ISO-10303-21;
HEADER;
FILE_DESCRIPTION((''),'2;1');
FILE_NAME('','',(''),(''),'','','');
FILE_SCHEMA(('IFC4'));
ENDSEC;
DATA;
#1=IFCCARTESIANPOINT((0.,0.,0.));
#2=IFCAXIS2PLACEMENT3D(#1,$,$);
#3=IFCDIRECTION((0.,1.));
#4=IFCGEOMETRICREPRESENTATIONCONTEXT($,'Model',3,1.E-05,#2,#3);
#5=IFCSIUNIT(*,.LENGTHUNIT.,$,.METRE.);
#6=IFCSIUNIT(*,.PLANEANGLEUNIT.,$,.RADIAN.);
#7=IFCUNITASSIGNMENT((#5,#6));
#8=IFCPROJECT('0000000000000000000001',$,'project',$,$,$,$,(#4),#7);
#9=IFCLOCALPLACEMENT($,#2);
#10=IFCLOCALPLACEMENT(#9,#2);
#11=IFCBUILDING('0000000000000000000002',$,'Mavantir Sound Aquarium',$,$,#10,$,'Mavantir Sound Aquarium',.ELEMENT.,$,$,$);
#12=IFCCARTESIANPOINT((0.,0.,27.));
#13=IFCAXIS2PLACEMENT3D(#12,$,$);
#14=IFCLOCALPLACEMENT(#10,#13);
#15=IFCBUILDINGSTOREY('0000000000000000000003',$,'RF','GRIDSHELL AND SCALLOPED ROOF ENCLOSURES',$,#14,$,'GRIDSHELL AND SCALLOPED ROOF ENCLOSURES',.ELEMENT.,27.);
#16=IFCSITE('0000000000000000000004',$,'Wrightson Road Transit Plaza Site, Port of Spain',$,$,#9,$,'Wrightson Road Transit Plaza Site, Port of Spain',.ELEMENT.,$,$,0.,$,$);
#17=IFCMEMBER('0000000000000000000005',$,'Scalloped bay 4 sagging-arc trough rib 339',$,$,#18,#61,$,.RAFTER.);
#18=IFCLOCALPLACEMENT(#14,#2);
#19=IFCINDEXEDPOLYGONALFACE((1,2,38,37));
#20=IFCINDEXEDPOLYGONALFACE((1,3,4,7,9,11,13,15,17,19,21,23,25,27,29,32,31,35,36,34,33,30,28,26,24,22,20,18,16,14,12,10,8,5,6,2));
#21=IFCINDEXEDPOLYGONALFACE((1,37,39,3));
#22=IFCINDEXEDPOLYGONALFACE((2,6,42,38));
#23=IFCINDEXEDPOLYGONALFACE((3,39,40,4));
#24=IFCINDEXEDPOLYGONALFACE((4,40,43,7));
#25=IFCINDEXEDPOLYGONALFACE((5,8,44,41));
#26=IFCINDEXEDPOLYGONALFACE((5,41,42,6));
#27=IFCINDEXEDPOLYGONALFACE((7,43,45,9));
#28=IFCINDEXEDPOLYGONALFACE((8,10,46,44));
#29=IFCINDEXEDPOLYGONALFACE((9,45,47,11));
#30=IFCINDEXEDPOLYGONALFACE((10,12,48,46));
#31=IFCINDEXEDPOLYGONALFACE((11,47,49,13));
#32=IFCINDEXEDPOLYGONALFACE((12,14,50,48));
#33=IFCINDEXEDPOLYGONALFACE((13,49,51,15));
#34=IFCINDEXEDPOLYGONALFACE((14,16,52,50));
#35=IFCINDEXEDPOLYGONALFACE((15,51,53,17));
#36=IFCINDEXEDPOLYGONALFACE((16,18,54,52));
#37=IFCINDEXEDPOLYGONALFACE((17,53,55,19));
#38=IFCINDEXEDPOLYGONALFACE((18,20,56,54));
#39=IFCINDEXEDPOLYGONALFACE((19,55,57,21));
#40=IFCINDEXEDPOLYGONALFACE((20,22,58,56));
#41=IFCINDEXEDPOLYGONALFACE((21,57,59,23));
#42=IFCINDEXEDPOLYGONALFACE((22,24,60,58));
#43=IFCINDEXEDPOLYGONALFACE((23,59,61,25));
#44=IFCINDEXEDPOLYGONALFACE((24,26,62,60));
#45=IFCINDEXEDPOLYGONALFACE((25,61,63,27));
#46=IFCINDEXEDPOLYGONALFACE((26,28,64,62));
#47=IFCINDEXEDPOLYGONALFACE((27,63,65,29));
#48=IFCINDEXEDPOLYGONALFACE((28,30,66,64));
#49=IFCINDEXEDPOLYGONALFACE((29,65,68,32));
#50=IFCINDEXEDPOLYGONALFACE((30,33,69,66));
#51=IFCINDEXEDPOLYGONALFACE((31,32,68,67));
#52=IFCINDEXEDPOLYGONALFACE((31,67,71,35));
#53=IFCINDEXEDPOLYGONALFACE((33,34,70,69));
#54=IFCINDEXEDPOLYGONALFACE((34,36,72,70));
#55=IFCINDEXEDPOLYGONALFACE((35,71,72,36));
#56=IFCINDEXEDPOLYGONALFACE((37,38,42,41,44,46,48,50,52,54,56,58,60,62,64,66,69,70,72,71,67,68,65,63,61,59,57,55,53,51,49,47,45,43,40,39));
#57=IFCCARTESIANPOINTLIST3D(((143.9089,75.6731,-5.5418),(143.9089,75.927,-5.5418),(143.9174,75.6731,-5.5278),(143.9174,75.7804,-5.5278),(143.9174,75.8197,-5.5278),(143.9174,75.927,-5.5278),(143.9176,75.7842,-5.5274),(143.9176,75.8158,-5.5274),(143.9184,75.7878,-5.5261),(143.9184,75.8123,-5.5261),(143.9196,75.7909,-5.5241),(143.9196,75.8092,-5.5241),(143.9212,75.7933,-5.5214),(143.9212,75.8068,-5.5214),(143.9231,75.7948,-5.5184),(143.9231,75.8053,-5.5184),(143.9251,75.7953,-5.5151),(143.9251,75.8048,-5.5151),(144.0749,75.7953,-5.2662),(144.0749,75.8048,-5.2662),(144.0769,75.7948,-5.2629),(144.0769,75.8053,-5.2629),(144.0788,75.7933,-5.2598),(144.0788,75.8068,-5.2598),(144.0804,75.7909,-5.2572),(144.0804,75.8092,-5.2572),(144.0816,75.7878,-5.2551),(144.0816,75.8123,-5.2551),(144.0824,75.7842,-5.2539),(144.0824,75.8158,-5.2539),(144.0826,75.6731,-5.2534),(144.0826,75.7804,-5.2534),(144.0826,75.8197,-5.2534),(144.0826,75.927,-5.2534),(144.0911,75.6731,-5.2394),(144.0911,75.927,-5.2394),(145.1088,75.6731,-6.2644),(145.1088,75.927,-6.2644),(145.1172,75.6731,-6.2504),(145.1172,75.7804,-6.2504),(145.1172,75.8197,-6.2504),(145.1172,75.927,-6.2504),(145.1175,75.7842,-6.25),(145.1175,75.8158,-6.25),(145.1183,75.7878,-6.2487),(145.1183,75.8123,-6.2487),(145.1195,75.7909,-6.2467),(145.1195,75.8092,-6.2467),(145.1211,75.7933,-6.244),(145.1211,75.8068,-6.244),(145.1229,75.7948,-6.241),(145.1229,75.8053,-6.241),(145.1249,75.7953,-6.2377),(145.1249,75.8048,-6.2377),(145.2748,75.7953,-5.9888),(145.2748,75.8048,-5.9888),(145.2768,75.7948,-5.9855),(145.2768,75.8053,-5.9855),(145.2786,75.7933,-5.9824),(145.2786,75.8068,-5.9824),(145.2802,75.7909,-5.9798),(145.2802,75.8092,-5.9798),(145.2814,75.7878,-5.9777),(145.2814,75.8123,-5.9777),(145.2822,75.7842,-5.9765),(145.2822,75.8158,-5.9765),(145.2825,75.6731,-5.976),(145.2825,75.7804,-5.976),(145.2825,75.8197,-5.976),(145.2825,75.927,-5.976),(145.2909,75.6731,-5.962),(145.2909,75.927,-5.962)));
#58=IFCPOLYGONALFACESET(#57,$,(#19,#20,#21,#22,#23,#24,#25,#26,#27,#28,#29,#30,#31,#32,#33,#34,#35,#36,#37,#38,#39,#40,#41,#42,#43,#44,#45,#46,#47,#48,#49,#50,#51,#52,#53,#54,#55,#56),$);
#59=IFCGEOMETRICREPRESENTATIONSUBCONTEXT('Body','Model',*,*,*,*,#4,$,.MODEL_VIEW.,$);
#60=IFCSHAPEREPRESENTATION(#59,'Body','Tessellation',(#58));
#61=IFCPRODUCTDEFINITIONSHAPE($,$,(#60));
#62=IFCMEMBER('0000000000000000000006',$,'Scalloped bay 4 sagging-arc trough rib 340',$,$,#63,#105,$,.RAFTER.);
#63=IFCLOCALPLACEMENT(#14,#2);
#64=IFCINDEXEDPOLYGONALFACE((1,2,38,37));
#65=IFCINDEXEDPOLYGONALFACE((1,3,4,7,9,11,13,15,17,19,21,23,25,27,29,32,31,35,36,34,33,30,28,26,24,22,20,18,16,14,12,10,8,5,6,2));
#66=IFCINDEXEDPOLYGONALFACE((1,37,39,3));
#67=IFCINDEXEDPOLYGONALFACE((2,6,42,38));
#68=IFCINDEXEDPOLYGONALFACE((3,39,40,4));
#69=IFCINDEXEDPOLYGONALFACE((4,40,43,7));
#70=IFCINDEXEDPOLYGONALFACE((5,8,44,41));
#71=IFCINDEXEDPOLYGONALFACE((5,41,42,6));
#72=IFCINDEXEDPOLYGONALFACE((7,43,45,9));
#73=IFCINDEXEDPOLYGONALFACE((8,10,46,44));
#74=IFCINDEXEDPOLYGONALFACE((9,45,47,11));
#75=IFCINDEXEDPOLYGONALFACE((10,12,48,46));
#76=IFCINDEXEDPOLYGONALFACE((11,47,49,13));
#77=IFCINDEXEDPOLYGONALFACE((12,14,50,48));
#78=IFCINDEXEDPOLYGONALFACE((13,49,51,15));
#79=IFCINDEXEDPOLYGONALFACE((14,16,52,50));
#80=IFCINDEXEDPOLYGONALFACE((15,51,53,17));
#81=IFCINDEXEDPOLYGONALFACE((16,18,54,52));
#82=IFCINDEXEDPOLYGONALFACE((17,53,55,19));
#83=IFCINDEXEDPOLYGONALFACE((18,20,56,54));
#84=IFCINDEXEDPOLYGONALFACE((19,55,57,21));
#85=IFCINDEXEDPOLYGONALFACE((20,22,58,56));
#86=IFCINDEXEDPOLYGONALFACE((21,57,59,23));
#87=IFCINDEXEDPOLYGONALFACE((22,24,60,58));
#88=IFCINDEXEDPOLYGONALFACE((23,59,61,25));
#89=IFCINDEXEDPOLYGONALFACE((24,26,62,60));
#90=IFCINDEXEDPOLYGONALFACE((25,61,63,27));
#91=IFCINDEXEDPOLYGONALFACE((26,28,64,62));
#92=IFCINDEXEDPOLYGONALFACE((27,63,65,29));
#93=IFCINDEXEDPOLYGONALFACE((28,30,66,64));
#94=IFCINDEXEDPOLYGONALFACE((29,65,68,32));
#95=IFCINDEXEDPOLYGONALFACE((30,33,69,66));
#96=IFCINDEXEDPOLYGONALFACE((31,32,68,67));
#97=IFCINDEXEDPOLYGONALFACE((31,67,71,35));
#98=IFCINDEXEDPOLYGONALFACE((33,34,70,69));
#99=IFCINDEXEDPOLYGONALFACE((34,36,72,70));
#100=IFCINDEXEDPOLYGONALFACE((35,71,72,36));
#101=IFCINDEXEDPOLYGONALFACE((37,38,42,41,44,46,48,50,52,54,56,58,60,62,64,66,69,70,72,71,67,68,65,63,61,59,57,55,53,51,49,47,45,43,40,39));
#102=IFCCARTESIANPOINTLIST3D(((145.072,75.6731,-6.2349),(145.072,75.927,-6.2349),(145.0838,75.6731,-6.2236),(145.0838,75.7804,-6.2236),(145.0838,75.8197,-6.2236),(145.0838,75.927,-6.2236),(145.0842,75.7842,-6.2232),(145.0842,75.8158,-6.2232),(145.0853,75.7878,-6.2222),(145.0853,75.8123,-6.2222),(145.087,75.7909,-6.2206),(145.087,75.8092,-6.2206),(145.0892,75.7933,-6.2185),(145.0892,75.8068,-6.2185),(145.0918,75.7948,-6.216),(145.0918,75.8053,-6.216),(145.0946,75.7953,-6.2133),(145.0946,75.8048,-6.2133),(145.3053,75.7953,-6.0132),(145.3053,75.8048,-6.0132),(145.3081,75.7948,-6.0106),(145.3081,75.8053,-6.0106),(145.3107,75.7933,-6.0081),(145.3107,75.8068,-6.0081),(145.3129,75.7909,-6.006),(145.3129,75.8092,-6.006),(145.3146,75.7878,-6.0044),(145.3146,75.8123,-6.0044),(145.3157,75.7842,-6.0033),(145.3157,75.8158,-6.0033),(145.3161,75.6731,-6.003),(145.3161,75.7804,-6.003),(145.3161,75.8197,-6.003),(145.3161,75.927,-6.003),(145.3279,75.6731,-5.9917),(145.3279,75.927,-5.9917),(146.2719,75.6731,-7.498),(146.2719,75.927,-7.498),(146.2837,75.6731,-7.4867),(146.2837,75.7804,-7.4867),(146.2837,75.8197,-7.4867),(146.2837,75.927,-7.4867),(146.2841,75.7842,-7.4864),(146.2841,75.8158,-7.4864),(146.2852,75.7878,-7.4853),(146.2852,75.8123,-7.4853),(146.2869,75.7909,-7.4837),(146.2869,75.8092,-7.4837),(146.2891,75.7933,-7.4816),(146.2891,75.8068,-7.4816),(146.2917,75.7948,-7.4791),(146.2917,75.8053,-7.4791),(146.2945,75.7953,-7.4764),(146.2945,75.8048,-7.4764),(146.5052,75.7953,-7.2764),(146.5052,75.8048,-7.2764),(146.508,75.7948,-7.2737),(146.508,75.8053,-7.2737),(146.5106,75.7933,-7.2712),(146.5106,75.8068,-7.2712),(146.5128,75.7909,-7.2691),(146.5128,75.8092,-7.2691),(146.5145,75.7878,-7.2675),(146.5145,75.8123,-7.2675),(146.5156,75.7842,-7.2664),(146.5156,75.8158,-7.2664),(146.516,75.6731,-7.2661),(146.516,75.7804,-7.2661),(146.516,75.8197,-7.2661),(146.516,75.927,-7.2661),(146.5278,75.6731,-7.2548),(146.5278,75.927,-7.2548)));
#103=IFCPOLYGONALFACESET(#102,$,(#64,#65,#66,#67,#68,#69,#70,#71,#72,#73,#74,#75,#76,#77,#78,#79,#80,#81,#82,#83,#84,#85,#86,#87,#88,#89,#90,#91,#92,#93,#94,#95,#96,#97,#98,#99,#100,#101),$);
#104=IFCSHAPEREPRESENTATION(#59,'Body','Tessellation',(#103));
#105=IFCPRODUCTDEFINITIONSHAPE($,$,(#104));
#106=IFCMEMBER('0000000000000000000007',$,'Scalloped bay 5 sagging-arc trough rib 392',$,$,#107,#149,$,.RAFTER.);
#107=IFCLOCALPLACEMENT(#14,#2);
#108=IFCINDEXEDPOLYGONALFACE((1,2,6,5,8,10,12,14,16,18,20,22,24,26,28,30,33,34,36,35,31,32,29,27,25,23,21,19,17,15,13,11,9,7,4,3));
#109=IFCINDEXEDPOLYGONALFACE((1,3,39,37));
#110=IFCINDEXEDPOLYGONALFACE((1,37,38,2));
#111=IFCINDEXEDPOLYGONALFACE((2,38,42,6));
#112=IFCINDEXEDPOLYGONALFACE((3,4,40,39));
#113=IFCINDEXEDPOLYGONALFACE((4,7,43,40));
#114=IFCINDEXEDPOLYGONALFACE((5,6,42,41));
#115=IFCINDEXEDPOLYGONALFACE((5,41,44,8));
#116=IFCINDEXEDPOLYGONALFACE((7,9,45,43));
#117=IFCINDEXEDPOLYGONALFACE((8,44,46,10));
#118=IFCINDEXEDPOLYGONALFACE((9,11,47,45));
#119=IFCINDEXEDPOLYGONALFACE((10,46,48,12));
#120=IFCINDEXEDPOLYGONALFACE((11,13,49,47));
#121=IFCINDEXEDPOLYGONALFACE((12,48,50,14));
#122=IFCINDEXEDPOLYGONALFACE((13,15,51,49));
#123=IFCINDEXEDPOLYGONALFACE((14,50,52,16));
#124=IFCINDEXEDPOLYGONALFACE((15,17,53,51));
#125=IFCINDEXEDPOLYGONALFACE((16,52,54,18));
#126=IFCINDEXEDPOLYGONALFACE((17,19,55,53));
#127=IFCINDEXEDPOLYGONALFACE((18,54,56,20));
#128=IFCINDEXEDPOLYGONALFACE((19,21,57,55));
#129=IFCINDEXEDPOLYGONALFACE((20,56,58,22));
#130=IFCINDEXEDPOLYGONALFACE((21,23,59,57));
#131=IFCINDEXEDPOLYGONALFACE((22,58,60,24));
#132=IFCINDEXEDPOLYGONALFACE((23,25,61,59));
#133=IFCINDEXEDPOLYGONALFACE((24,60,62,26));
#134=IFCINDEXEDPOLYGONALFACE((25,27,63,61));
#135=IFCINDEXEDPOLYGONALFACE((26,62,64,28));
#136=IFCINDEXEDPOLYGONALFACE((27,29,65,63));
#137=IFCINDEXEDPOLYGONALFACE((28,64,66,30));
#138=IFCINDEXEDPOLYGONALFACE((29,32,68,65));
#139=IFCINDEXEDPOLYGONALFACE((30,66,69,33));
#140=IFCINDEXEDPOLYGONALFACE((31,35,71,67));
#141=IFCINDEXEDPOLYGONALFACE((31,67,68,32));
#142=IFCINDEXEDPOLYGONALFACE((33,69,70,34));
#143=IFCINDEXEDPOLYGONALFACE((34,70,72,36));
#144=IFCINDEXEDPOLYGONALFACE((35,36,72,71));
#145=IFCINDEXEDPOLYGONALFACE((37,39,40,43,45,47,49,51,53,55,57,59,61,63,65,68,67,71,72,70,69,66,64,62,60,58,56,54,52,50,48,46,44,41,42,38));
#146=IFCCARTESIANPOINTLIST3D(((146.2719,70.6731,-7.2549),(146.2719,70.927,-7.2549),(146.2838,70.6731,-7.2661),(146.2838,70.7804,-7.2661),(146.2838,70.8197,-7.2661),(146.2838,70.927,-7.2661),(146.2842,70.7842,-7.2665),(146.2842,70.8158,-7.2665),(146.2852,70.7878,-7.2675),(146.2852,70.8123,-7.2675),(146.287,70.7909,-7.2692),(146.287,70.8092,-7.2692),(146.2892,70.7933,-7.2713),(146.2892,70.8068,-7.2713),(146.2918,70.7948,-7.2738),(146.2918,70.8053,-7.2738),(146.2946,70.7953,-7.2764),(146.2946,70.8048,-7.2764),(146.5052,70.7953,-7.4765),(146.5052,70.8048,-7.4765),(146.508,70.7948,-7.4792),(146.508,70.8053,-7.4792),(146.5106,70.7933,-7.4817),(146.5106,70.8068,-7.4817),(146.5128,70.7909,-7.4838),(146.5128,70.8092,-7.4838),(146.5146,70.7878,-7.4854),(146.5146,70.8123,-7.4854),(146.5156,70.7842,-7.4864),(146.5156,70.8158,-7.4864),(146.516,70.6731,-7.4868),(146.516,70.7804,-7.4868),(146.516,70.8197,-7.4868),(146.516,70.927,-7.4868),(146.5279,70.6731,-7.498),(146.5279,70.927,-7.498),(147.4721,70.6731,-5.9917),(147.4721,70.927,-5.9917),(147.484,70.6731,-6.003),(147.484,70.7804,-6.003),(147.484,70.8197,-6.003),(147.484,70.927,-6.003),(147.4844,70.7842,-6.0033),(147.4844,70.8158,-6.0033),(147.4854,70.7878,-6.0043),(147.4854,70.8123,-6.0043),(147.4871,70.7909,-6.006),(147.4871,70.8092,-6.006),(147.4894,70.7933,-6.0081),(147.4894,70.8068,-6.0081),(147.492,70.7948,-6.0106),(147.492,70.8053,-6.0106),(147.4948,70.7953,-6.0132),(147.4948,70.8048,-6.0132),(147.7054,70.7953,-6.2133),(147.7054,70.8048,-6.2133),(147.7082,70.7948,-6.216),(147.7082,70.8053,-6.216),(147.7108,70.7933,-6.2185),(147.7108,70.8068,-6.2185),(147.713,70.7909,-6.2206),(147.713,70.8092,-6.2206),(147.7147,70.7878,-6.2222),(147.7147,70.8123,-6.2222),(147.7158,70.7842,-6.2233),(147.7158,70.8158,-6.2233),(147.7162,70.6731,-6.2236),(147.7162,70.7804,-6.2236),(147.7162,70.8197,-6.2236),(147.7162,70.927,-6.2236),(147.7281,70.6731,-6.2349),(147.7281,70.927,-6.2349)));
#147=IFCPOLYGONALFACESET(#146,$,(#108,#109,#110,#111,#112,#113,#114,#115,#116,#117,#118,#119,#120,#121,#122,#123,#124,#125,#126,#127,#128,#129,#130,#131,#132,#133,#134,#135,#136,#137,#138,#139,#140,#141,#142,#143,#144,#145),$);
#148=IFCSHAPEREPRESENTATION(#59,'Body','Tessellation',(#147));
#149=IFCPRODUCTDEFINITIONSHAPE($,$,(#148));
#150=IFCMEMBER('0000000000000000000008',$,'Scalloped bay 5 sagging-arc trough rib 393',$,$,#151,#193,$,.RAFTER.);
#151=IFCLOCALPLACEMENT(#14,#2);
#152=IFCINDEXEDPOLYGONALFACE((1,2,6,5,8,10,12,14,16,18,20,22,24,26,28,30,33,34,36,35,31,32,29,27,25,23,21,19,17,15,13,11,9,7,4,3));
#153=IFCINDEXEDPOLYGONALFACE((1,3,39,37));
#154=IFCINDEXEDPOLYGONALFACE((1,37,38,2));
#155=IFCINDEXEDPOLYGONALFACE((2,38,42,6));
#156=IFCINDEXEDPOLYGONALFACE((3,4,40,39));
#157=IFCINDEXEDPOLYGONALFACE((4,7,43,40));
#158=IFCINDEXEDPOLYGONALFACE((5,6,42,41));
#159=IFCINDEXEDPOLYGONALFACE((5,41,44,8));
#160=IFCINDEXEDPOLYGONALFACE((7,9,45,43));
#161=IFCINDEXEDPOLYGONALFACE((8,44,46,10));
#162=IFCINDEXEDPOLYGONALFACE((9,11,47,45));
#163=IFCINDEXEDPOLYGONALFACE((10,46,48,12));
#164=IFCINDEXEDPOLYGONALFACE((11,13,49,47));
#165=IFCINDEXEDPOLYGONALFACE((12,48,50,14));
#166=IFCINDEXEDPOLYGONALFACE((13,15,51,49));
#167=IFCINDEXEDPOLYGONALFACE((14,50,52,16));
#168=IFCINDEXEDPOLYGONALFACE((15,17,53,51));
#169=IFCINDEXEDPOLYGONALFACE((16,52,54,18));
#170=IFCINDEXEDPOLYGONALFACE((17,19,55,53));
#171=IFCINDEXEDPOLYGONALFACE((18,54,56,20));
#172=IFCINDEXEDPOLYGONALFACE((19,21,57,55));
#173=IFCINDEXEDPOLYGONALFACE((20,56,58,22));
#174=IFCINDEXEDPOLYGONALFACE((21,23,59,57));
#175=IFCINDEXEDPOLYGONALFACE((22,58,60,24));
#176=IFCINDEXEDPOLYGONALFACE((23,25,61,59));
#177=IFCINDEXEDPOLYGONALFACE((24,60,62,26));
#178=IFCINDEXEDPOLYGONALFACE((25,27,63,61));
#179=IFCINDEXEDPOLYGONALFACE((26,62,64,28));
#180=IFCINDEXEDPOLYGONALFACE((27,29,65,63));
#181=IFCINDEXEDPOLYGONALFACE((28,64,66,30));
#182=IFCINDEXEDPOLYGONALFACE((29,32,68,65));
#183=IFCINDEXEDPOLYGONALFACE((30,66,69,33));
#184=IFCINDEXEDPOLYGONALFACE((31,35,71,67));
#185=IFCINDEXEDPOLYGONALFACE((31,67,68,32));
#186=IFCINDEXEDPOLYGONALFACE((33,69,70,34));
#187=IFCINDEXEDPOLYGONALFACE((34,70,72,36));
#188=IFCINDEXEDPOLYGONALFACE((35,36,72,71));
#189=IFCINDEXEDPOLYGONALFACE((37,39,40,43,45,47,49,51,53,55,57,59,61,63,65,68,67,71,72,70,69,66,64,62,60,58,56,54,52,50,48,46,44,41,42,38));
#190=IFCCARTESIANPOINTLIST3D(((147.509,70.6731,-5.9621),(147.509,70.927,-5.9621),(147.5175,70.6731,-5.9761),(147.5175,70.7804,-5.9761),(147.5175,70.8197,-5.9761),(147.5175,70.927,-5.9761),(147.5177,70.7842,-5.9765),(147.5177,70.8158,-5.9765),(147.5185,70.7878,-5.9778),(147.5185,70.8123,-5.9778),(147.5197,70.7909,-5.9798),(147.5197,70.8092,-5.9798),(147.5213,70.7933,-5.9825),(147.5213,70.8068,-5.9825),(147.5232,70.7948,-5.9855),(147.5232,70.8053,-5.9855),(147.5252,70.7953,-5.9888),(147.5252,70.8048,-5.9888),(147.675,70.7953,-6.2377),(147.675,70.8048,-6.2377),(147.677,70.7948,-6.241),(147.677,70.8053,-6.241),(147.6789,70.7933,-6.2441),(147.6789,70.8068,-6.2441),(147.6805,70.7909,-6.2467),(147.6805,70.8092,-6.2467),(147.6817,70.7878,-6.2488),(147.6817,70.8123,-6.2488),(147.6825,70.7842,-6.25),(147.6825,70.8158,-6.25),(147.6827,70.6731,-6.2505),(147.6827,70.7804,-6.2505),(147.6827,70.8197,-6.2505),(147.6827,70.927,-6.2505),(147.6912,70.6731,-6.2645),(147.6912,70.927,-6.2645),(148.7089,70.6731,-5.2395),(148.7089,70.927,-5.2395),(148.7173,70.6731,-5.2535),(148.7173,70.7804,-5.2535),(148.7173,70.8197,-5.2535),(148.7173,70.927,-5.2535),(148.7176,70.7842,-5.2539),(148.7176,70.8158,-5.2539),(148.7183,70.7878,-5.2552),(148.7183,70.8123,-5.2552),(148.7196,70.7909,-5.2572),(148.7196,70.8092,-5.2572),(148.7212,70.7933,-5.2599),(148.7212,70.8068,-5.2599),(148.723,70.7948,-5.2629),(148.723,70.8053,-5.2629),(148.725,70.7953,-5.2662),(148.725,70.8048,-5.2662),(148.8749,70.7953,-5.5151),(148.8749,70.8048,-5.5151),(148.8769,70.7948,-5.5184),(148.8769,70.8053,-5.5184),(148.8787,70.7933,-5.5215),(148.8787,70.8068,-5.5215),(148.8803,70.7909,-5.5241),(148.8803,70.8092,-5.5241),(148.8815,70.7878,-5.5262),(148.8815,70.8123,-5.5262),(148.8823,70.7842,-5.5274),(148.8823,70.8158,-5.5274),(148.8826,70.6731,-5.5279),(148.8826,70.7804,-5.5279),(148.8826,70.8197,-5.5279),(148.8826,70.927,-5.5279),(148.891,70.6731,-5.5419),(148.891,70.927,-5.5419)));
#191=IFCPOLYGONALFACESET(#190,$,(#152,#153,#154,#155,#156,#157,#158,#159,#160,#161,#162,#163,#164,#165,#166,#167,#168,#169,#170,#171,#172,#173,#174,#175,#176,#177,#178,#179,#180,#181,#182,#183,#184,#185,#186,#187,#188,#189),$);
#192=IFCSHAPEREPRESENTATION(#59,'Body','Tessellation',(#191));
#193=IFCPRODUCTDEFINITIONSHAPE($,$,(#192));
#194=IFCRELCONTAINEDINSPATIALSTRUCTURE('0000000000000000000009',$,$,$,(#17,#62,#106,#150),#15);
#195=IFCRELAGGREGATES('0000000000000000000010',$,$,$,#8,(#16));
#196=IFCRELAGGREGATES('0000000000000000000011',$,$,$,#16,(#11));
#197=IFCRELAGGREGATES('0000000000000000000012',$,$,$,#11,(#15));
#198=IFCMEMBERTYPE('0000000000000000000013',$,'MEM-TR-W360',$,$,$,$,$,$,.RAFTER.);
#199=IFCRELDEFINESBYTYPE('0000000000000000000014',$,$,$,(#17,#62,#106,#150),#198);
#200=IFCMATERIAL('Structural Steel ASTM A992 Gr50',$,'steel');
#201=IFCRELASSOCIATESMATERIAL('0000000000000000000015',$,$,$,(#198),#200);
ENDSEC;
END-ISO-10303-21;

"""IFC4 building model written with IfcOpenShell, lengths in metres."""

from ifc_helpers import new_model, si_unit, direction, frame, origin, origin_2d, place, context, subcontext, project, spatial, i_section, extrude, material, material_profile, profile_set, type_object, element, save


model = new_model("IFC4")

# Units and contexts
model_context = context("Model", 3, precision=1e-05, world=origin(), true_north=direction((0.0, 1.0)))
body_context = subcontext(model_context, "Body", "Model", "MODEL_VIEW")
ifc_project = project(units=[si_unit("LENGTHUNIT", "METRE"), si_unit("PLANEANGLEUNIT", "RADIAN")], contexts=[model_context])

# Site, building, storey
site_placement = place(None, origin())
site = spatial("IfcSite", under=ifc_project, at=site_placement, Name="Wrightson Road Transit Plaza Site, Port of Spain", LongName="Wrightson Road Transit Plaza Site, Port of Spain", CompositionType="ELEMENT", RefElevation=0.0)
building_placement = place(site_placement, origin())
building = spatial("IfcBuilding", under=site, at=building_placement, Name="Mavantir Sound Aquarium", LongName="Mavantir Sound Aquarium", CompositionType="ELEMENT")
storey_placement = place(building_placement, frame((0.0, 0.0, 27.0)))
storey = spatial("IfcBuildingStorey", under=building, at=storey_placement, Name="RF", Description="GRIDSHELL AND SCALLOPED ROOF ENCLOSURES", LongName="GRIDSHELL AND SCALLOPED ROOF ENCLOSURES", CompositionType="ELEMENT", Elevation=27.0)

# Shared definitions
ifc_material_1 = material(Name="Structural Steel ASTM A992 Gr50", Category="steel")

# Members
ifc_material_profile_1 = material_profile(ifc_material_1, i_section(OverallWidth=0.2539, OverallDepth=0.353, WebThickness=0.0095, FlangeThickness=0.0164, FilletRadius=0.0149, at=origin_2d()), Name="W360X91")
ifc_profile_set_1 = profile_set([ifc_material_profile_1], Name="Structural Steel ASTM A992 Gr50")
member_type_1 = type_object("IfcMemberType", Name="MEM-TR-W360", PredefinedType="RAFTER", material=ifc_profile_set_1)
member_1_placement = place(storey_placement, frame((144.0, 75.8, -5.3906), z_axis=(0.856646, 0.0, -0.515905), x_axis=(0.0, 1.0, 0.0)))
element("IfcMember", 1, at=member_1_placement, inside=storey, type_object=member_type_1, Name="Scalloped bay 4 sagging-arc trough rib 339", PredefinedType="RAFTER", context=body_context, shape_type="SweptSolid", body=[
    extrude(i_section(OverallWidth=0.2539, OverallDepth=0.353, WebThickness=0.0095, FlangeThickness=0.0164, FilletRadius=0.0149, at=origin_2d()), origin(), (0.0, 0.0, 1.0), 1.4006),
])
member_2_placement = place(storey_placement, frame((145.2, 75.8, -6.1133), z_axis=(0.688727, 0.0, -0.72502), x_axis=(0.0, 1.0, 0.0)))
element("IfcMember", 2, at=member_2_placement, inside=storey, type_object=member_type_1, Name="Scalloped bay 4 sagging-arc trough rib 340", PredefinedType="RAFTER", context=body_context, shape_type="SweptSolid", body=[
    extrude(i_section(OverallWidth=0.2539, OverallDepth=0.353, WebThickness=0.0095, FlangeThickness=0.0164, FilletRadius=0.0149, at=origin_2d()), origin(), (0.0, 0.0, 1.0), 1.7422),
])
member_3_placement = place(storey_placement, frame((146.3999, 70.8, -7.3765), z_axis=(0.688801, 0.0, 0.72495), x_axis=(0.0, 1.0, 0.0)))
element("IfcMember", 3, at=member_3_placement, inside=storey, type_object=member_type_1, Name="Scalloped bay 5 sagging-arc trough rib 392", PredefinedType="RAFTER", context=body_context, shape_type="SweptSolid", body=[
    extrude(i_section(OverallWidth=0.2539, OverallDepth=0.353, WebThickness=0.0095, FlangeThickness=0.0164, FilletRadius=0.0149, at=origin_2d()), origin(), (0.0, 0.0, 1.0), 1.7424),
])
member_4_placement = place(storey_placement, frame((147.6001, 70.8, -6.1133), z_axis=(0.856646, 0.0, 0.515905), x_axis=(0.0, 1.0, 0.0)))
element("IfcMember", 4, at=member_4_placement, inside=storey, type_object=member_type_1, Name="Scalloped bay 5 sagging-arc trough rib 393", PredefinedType="RAFTER", context=body_context, shape_type="SweptSolid", body=[
    extrude(i_section(OverallWidth=0.2539, OverallDepth=0.353, WebThickness=0.0095, FlangeThickness=0.0164, FilletRadius=0.0149, at=origin_2d()), origin(), (0.0, 0.0, 1.0), 1.4006),
])

save(model, "model.ifc")
